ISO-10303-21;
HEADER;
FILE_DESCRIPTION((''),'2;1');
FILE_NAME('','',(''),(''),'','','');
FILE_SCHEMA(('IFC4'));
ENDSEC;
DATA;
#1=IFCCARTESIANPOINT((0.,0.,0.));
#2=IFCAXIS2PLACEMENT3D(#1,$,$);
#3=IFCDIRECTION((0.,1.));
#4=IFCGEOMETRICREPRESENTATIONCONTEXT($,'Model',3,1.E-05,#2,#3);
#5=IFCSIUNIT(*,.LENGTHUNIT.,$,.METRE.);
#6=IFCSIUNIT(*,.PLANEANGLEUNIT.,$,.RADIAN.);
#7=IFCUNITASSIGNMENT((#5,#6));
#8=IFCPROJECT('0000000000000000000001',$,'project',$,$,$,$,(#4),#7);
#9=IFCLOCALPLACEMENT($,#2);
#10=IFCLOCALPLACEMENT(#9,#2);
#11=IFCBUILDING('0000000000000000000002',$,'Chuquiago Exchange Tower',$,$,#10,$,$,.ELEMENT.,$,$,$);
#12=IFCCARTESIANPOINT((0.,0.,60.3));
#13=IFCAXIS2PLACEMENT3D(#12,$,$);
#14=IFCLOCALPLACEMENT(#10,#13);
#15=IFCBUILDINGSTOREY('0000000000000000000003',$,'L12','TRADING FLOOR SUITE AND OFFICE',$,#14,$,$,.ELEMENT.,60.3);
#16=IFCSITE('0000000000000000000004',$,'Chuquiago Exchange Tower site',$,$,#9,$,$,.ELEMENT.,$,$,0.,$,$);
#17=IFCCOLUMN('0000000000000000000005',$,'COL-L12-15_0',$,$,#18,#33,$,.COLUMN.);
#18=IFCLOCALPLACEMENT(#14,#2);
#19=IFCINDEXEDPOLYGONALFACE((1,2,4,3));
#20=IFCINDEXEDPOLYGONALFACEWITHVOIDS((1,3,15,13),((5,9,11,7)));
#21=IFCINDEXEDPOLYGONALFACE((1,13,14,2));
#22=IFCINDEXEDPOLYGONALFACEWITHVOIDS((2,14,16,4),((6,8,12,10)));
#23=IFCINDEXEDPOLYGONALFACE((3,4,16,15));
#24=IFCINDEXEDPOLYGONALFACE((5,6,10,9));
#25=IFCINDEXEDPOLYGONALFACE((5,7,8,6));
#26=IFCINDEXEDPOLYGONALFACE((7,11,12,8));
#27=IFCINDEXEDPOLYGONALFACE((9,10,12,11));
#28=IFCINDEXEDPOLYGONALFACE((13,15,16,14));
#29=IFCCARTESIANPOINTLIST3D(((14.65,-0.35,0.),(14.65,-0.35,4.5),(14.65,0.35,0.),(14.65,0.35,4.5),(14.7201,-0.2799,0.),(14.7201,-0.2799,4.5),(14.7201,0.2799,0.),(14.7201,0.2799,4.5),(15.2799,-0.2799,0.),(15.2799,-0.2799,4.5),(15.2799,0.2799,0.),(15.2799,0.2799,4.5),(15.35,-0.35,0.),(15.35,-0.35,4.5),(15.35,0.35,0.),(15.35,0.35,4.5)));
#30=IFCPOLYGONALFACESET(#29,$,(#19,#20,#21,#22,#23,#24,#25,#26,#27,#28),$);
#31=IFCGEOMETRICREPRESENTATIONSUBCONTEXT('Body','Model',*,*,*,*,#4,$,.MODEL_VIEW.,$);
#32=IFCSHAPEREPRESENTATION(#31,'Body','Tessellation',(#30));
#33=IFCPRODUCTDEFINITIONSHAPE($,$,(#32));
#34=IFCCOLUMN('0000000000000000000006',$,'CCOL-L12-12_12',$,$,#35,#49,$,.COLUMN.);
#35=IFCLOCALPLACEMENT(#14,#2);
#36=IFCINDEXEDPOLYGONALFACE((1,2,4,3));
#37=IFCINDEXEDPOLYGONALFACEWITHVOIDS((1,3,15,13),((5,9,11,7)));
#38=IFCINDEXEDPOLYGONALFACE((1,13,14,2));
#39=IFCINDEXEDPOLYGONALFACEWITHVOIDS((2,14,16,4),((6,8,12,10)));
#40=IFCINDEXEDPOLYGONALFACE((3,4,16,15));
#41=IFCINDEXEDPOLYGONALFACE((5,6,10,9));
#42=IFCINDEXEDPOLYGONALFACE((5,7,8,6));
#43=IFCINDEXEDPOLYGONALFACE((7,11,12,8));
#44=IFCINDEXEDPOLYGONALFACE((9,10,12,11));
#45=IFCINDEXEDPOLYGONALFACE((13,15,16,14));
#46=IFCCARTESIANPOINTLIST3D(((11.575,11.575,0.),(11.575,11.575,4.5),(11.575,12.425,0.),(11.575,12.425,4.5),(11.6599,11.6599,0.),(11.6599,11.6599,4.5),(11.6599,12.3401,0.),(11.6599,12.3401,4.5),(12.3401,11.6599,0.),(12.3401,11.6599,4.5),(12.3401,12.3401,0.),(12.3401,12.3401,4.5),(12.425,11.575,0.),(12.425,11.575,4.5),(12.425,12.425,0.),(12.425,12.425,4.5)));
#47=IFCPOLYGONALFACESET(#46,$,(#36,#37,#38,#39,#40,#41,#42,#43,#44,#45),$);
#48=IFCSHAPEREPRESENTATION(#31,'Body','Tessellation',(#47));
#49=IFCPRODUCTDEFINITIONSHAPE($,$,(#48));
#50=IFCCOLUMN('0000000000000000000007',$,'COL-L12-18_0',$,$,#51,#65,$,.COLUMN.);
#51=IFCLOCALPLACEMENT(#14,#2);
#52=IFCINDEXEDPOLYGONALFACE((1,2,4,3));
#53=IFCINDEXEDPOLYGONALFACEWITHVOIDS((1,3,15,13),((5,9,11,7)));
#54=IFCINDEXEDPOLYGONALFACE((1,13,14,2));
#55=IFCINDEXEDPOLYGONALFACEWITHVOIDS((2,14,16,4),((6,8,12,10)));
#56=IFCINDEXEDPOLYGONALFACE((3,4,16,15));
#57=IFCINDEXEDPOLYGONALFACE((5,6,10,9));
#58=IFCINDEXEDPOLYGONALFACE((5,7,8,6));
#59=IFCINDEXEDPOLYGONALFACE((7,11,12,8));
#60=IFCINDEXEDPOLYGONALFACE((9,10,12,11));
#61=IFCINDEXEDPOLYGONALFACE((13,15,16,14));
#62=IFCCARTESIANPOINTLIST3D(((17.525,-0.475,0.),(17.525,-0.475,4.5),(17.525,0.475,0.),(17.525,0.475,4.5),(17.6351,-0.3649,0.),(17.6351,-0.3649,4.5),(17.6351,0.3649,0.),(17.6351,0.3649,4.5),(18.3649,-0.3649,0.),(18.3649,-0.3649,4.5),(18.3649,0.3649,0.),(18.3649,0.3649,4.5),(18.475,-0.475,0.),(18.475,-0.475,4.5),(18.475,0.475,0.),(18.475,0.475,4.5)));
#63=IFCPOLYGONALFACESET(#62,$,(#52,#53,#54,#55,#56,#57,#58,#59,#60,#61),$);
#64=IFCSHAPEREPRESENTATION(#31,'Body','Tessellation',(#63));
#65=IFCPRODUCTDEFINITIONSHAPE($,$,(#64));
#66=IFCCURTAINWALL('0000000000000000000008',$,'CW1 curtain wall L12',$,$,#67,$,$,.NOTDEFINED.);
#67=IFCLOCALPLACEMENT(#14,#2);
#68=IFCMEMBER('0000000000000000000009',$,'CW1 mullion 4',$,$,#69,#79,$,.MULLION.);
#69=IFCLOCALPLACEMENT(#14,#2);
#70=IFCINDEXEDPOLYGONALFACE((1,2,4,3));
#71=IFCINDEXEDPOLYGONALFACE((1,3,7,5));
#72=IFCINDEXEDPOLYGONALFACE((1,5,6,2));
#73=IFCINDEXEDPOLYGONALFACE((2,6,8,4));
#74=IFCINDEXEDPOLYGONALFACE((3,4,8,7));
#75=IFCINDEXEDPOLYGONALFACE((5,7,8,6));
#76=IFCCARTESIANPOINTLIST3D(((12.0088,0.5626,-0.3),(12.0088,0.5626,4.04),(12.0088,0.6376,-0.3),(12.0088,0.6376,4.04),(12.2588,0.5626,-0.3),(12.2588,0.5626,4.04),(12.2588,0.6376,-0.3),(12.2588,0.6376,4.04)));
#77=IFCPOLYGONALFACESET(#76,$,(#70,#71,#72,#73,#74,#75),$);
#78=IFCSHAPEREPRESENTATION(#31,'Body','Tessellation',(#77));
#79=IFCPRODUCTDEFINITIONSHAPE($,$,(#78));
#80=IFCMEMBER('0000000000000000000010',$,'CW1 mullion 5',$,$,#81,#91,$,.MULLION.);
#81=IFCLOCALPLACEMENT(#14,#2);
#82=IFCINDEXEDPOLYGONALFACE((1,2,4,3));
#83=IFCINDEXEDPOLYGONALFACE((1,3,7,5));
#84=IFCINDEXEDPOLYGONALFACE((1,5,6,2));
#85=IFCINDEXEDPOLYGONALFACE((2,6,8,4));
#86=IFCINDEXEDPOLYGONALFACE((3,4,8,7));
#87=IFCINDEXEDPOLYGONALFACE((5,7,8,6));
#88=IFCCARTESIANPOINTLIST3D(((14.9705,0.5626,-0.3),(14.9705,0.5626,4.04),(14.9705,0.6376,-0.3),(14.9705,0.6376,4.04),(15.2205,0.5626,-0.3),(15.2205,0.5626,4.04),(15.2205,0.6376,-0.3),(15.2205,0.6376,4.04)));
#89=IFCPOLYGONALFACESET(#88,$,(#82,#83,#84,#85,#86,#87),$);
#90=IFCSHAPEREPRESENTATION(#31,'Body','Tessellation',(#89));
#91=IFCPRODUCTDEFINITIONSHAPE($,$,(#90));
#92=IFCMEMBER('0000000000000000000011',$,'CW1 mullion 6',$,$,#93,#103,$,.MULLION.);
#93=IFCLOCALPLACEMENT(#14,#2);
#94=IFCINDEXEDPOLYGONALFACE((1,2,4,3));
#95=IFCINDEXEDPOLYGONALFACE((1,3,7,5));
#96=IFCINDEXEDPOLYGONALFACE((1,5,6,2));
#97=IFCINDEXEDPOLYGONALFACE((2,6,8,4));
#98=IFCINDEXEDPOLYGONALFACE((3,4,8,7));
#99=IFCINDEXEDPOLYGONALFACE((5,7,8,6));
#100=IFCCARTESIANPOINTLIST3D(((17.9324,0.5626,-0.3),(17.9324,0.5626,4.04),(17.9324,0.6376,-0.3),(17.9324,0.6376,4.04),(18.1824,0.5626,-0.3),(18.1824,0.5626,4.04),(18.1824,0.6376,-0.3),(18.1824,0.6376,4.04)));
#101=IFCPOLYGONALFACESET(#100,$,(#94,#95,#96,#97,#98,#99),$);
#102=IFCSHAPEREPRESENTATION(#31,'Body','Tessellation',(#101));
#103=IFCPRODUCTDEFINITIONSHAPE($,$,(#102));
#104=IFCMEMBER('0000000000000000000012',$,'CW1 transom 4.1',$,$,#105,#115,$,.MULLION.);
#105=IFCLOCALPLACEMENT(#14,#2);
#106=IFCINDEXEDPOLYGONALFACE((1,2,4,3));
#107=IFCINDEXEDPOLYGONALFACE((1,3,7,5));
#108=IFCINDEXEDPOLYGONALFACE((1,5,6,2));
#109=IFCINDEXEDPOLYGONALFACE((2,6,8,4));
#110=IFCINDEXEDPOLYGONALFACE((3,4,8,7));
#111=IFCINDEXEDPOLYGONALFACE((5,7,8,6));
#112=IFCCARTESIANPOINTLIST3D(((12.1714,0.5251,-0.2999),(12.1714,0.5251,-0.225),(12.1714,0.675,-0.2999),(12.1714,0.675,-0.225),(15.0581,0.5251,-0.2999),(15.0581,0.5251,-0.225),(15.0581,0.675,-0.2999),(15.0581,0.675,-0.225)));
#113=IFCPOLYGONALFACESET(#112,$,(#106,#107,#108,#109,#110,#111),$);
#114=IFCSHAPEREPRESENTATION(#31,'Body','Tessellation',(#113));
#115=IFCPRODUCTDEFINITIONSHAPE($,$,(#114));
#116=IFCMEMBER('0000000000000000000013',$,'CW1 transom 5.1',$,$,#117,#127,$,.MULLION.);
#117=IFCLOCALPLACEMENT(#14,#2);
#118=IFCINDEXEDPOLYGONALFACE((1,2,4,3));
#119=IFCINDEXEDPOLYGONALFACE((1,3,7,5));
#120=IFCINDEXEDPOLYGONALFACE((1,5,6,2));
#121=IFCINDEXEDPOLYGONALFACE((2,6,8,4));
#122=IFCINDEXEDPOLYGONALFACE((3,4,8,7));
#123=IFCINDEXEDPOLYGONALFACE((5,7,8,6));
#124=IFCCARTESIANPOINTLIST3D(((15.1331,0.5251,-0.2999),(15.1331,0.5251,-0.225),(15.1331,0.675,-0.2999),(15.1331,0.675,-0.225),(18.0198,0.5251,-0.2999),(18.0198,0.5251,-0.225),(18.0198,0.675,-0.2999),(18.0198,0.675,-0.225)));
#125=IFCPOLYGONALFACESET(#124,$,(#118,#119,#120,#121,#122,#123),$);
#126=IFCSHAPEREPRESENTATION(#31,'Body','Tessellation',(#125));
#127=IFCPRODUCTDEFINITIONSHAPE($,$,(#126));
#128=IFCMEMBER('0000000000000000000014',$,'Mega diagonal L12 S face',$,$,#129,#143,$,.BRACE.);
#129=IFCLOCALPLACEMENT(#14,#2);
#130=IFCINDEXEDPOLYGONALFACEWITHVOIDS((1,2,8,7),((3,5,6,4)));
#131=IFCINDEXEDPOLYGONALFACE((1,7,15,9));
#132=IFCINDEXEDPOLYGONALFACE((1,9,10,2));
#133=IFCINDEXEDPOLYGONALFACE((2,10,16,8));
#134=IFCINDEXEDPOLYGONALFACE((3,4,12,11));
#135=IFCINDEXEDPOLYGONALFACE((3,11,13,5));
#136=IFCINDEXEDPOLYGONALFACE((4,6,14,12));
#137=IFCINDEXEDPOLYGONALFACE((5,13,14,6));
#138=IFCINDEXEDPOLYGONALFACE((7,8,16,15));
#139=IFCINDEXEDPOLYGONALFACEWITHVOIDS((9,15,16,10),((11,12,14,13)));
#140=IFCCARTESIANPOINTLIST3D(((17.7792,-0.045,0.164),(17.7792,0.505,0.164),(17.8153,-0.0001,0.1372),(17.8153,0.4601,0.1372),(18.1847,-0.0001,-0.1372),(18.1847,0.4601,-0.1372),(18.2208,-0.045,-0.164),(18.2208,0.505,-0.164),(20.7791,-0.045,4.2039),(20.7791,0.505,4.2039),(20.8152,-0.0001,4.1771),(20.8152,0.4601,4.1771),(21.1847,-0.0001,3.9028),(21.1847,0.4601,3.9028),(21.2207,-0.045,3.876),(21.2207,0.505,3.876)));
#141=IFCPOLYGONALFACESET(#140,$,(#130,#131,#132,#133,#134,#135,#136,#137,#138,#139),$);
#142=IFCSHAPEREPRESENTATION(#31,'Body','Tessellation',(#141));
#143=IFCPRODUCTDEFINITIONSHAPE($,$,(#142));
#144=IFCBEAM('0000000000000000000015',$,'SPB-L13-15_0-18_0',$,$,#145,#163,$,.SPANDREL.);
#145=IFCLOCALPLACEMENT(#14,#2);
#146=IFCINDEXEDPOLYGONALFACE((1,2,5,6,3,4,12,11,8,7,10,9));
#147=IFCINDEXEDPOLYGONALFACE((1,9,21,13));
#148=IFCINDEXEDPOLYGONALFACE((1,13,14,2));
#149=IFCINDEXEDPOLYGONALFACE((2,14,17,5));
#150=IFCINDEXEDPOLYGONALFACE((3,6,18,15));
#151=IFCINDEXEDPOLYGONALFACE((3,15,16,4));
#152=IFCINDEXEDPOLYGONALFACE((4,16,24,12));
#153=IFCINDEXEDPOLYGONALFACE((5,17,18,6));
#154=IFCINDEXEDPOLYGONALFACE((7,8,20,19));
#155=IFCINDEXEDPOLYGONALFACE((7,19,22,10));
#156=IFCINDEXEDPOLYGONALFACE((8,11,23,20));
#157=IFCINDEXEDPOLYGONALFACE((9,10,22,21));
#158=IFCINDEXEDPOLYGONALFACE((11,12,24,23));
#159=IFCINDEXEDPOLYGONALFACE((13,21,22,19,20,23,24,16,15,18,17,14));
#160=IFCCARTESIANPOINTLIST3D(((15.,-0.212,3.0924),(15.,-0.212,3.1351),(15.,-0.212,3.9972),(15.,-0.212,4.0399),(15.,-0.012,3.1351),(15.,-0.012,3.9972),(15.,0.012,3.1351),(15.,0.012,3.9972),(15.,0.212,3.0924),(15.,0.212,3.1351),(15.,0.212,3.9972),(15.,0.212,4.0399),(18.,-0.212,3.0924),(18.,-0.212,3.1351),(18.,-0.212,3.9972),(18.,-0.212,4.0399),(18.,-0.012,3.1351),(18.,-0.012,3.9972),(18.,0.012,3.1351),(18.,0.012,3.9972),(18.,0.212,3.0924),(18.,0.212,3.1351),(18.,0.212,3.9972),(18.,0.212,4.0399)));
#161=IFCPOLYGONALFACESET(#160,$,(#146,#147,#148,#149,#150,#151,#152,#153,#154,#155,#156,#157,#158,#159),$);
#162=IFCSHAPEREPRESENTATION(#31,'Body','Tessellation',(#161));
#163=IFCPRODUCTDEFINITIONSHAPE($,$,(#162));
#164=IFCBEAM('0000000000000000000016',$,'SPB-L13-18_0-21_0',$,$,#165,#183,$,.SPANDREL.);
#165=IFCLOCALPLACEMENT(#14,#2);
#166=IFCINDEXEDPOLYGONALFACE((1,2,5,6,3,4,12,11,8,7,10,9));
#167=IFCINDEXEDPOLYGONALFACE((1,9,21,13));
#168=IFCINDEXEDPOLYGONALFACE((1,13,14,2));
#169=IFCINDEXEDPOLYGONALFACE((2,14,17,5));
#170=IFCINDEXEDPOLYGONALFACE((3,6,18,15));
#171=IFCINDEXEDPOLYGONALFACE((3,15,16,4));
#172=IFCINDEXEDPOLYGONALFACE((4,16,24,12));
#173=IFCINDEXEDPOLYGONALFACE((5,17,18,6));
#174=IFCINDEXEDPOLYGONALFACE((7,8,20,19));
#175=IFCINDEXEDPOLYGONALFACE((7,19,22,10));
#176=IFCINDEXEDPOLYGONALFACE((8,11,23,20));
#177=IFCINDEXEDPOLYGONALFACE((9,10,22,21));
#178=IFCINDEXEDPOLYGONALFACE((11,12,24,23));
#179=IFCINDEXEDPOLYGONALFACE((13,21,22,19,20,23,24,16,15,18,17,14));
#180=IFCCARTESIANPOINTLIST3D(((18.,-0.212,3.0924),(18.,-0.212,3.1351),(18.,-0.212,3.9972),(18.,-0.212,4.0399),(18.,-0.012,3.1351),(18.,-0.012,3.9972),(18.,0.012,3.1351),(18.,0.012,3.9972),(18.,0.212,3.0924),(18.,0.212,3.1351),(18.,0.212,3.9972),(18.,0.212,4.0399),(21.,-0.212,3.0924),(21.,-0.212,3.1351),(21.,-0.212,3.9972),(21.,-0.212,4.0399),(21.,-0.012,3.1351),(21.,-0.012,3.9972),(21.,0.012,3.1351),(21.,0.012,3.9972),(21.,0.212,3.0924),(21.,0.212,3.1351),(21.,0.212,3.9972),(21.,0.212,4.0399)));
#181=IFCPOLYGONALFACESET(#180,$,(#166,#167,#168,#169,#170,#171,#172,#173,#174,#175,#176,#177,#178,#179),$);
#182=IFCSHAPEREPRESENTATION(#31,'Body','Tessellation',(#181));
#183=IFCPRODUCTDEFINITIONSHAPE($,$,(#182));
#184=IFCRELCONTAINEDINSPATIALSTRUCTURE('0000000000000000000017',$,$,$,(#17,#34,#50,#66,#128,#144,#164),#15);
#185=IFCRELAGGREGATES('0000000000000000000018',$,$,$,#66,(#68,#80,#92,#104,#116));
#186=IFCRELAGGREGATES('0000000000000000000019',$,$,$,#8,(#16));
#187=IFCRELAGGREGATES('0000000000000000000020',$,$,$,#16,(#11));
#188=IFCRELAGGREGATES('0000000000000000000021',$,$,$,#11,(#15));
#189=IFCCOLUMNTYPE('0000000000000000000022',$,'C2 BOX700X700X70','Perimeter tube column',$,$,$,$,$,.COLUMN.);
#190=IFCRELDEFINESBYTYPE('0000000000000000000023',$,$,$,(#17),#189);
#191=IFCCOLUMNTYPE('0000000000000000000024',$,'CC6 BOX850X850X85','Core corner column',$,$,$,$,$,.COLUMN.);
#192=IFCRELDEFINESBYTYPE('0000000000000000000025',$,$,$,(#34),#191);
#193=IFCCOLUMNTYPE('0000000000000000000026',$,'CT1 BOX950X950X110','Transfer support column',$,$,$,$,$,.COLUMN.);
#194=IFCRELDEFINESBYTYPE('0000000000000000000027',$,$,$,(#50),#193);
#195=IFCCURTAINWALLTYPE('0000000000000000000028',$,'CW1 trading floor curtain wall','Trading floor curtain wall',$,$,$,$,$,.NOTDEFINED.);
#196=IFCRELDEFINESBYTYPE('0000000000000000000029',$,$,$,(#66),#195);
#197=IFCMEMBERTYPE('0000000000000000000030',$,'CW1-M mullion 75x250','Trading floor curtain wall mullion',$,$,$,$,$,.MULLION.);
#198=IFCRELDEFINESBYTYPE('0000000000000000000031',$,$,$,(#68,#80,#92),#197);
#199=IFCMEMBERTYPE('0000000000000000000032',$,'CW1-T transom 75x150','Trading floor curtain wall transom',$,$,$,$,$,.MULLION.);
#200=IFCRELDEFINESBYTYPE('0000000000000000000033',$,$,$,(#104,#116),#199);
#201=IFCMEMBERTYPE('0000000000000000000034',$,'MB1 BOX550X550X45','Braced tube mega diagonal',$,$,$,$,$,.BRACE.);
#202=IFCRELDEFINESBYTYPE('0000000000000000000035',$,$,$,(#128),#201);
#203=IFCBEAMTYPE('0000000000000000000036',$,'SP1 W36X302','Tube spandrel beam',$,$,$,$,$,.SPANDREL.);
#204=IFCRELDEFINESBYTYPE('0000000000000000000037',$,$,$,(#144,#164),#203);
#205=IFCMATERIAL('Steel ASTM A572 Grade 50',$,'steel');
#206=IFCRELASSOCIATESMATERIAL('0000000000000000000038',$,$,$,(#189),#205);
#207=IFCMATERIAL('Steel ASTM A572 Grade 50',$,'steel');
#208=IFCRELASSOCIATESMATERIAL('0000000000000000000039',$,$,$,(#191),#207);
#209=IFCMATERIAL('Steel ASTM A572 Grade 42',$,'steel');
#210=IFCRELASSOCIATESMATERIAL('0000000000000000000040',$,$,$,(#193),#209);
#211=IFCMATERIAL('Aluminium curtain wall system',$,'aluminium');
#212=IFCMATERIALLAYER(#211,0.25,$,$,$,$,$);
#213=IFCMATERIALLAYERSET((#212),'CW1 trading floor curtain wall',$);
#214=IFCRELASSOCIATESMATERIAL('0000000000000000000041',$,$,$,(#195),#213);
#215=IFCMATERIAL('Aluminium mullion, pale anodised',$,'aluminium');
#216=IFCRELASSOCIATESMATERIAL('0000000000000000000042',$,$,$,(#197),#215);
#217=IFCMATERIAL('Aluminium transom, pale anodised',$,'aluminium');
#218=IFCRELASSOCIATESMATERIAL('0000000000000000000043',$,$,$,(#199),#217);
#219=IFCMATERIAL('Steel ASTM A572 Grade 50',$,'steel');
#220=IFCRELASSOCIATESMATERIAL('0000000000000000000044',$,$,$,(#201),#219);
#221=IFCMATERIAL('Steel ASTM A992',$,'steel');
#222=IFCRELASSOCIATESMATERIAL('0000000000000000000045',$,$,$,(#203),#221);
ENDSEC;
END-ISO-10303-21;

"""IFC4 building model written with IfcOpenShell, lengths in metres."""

from ifc_helpers import new_model, si_unit, direction, frame, origin, origin_2d, place, context, subcontext, project, spatial, rectangle, hollow_rectangle, i_section, extrude, material, layer, layer_set, material_profile, profile_set, type_object, element, aggregate, save


model = new_model("IFC4")

# Units and contexts
model_context = context("Model", 3, precision=1e-05, world=origin(), true_north=direction((0.0, 1.0)))
body_context = subcontext(model_context, "Body", "Model", "MODEL_VIEW")
ifc_project = project(units=[si_unit("LENGTHUNIT", "METRE"), si_unit("PLANEANGLEUNIT", "RADIAN")], contexts=[model_context])

# Site, building, storey
site_placement = place(None, origin())
site = spatial("IfcSite", under=ifc_project, at=site_placement, Name="Chuquiago Exchange Tower site", CompositionType="ELEMENT", RefElevation=0.0)
building_placement = place(site_placement, origin())
building = spatial("IfcBuilding", under=site, at=building_placement, Name="Chuquiago Exchange Tower", CompositionType="ELEMENT")
storey_placement = place(building_placement, frame((0.0, 0.0, 60.3)))
storey = spatial("IfcBuildingStorey", under=building, at=storey_placement, Name="L12", Description="TRADING FLOOR SUITE AND OFFICE", CompositionType="ELEMENT", Elevation=60.3)

# Columns
ifc_material_1 = material(Name="Steel ASTM A572 Grade 50", Category="steel")
ifc_material_profile_1 = material_profile(ifc_material_1, hollow_rectangle(XDim=0.7, YDim=0.7, WallThickness=0.0701, at=origin_2d()), Name="BOX700X700X70")
ifc_profile_set_1 = profile_set([ifc_material_profile_1], Name="Steel ASTM A572 Grade 50")
column_type_1 = type_object("IfcColumnType", Name="C2 BOX700X700X70", Description="Perimeter tube column", PredefinedType="COLUMN", material=ifc_profile_set_1)
column_1_placement = place(storey_placement, frame((15.0, 0.0, 0.0), z_axis=(0.0, 0.0, 1.0), x_axis=(0.0, -1.0, 0.0)))
element("IfcColumn", 1, at=column_1_placement, inside=storey, type_object=column_type_1, Name="COL-L12-15_0", PredefinedType="COLUMN", context=body_context, shape_type="SweptSolid", body=[
    extrude(hollow_rectangle(XDim=0.7, YDim=0.7, WallThickness=0.0701, at=origin_2d()), origin(), (0.0, 0.0, 1.0), 4.5),
])
ifc_material_2 = material(Name="Steel ASTM A572 Grade 50", Category="steel")
ifc_material_profile_2 = material_profile(ifc_material_2, hollow_rectangle(XDim=0.8501, YDim=0.8501, WallThickness=0.085, at=origin_2d()), Name="BOX850X850X85")
ifc_profile_set_2 = profile_set([ifc_material_profile_2], Name="Steel ASTM A572 Grade 50")
column_type_2 = type_object("IfcColumnType", Name="CC6 BOX850X850X85", Description="Core corner column", PredefinedType="COLUMN", material=ifc_profile_set_2)
column_2_placement = place(storey_placement, frame((12.0, 12.0, 0.0), z_axis=(0.0, 0.0, 1.0), x_axis=(1.0, 0.0, 0.0)))
element("IfcColumn", 2, at=column_2_placement, inside=storey, type_object=column_type_2, Name="CCOL-L12-12_12", PredefinedType="COLUMN", context=body_context, shape_type="SweptSolid", body=[
    extrude(hollow_rectangle(XDim=0.8501, YDim=0.8501, WallThickness=0.085, at=origin_2d()), origin(), (0.0, 0.0, 1.0), 4.5),
])
ifc_material_3 = material(Name="Steel ASTM A572 Grade 42", Category="steel")
ifc_material_profile_3 = material_profile(ifc_material_3, hollow_rectangle(XDim=0.95, YDim=0.95, WallThickness=0.1101, at=origin_2d()), Name="BOX950X950X110")
ifc_profile_set_3 = profile_set([ifc_material_profile_3], Name="Steel ASTM A572 Grade 42")
column_type_3 = type_object("IfcColumnType", Name="CT1 BOX950X950X110", Description="Transfer support column", PredefinedType="COLUMN", material=ifc_profile_set_3)
column_3_placement = place(storey_placement, frame((18.0, 0.0, 0.0), z_axis=(0.0, 0.0, 1.0), x_axis=(0.0, -1.0, 0.0)))
element("IfcColumn", 3, at=column_3_placement, inside=storey, type_object=column_type_3, Name="COL-L12-18_0", PredefinedType="COLUMN", context=body_context, shape_type="SweptSolid", body=[
    extrude(hollow_rectangle(XDim=0.95, YDim=0.95, WallThickness=0.1101, at=origin_2d()), origin(), (0.0, 0.0, 1.0), 4.5),
])

# Curtain wall, members
ifc_material_4 = material(Name="Aluminium curtain wall system", Category="aluminium")
ifc_layer_1 = layer(ifc_material_4, 0.25)
ifc_layer_set_1 = layer_set([ifc_layer_1], Name="CW1 trading floor curtain wall")
curtain_wall_type = type_object("IfcCurtainWallType", Name="CW1 trading floor curtain wall", Description="Trading floor curtain wall", PredefinedType="NOTDEFINED", material=ifc_layer_set_1)
curtain_wall_placement = place(storey_placement, origin())
curtain_wall = element("IfcCurtainWall", 4, at=curtain_wall_placement, inside=storey, type_object=curtain_wall_type, Name="CW1 curtain wall L12", PredefinedType="NOTDEFINED")
ifc_material_5 = material(Name="Aluminium mullion, pale anodised", Category="aluminium")
ifc_material_profile_4 = material_profile(ifc_material_5, rectangle(XDim=0.075, YDim=0.25, at=origin_2d()), Name="AL 75x250")
ifc_profile_set_4 = profile_set([ifc_material_profile_4], Name="Aluminium mullion, pale anodised")
member_type_1 = type_object("IfcMemberType", Name="CW1-M mullion 75x250", Description="Trading floor curtain wall mullion", PredefinedType="MULLION", material=ifc_profile_set_4)
member_1_placement = place(storey_placement, frame((12.1338, 0.6001, -0.3), z_axis=(0.0, 0.0, 1.0), x_axis=(0.0, 1.0, 0.0)))
member_1 = element("IfcMember", 5, at=member_1_placement, type_object=member_type_1, Name="CW1 mullion 4", PredefinedType="MULLION", context=body_context, shape_type="SweptSolid", body=[
    extrude(rectangle(XDim=0.075, YDim=0.25, at=origin_2d()), origin(), (0.0, 0.0, 1.0), 4.3401),
])
member_2_placement = place(storey_placement, frame((15.0955, 0.6001, -0.3), z_axis=(0.0, 0.0, 1.0), x_axis=(0.0, 1.0, 0.0)))
member_2 = element("IfcMember", 6, at=member_2_placement, type_object=member_type_1, Name="CW1 mullion 5", PredefinedType="MULLION", context=body_context, shape_type="SweptSolid", body=[
    extrude(rectangle(XDim=0.075, YDim=0.25, at=origin_2d()), origin(), (0.0, 0.0, 1.0), 4.3401),
])
member_3_placement = place(storey_placement, frame((18.0574, 0.6001, -0.3), z_axis=(0.0, 0.0, 1.0), x_axis=(0.0, 1.0, 0.0)))
member_3 = element("IfcMember", 7, at=member_3_placement, type_object=member_type_1, Name="CW1 mullion 6", PredefinedType="MULLION", context=body_context, shape_type="SweptSolid", body=[
    extrude(rectangle(XDim=0.075, YDim=0.25, at=origin_2d()), origin(), (0.0, 0.0, 1.0), 4.3401),
])
ifc_material_6 = material(Name="Aluminium transom, pale anodised", Category="aluminium")
ifc_material_profile_5 = material_profile(ifc_material_6, rectangle(XDim=0.1499, YDim=0.075, at=origin_2d()), Name="AL 150x75")
ifc_profile_set_5 = profile_set([ifc_material_profile_5], Name="Aluminium transom, pale anodised")
member_type_2 = type_object("IfcMemberType", Name="CW1-T transom 75x150", Description="Trading floor curtain wall transom", PredefinedType="MULLION", material=ifc_profile_set_5)
member_4_placement = place(storey_placement, frame((12.1714, 0.6001, -0.2625), z_axis=(1.0, 0.0, 0.0), x_axis=(0.0, 1.0, 0.0)))
member_4 = element("IfcMember", 8, at=member_4_placement, type_object=member_type_2, Name="CW1 transom 4.1", PredefinedType="MULLION", context=body_context, shape_type="SweptSolid", body=[
    extrude(rectangle(XDim=0.1499, YDim=0.075, at=origin_2d()), origin(), (0.0, 0.0, 1.0), 2.8867),
])
member_5_placement = place(storey_placement, frame((15.1331, 0.6001, -0.2625), z_axis=(1.0, 0.0, 0.0), x_axis=(0.0, 1.0, 0.0)))
member_5 = element("IfcMember", 9, at=member_5_placement, type_object=member_type_2, Name="CW1 transom 5.1", PredefinedType="MULLION", context=body_context, shape_type="SweptSolid", body=[
    extrude(rectangle(XDim=0.1499, YDim=0.075, at=origin_2d()), origin(), (0.0, 0.0, 1.0), 2.8867),
])

# Member
ifc_material_7 = material(Name="Steel ASTM A572 Grade 50", Category="steel")
ifc_material_profile_6 = material_profile(ifc_material_7, hollow_rectangle(XDim=0.55, YDim=0.55, WallThickness=0.0449, at=origin_2d()), Name="BOX550X550X45")
ifc_profile_set_6 = profile_set([ifc_material_profile_6], Name="Steel ASTM A572 Grade 50")
member_type_3 = type_object("IfcMemberType", Name="MB1 BOX550X550X45", Description="Braced tube mega diagonal", PredefinedType="BRACE", material=ifc_profile_set_6)
member_6_placement = place(storey_placement, frame((18.0, 0.23, 0.0), z_axis=(0.596174, 0.0, 0.802855), x_axis=(0.0, 1.0, 0.0)))
element("IfcMember", 10, at=member_6_placement, inside=storey, type_object=member_type_3, Name="Mega diagonal L12 S face", PredefinedType="BRACE", context=body_context, shape_type="SweptSolid", body=[
    extrude(hollow_rectangle(XDim=0.55, YDim=0.55, WallThickness=0.0449, at=origin_2d()), origin(), (0.0, 0.0, 1.0), 5.032),
])

# Beams
ifc_material_8 = material(Name="Steel ASTM A992", Category="steel")
ifc_material_profile_7 = material_profile(ifc_material_8, i_section(OverallWidth=0.4241, OverallDepth=0.9475, WebThickness=0.0239, FlangeThickness=0.0427, at=origin_2d()), Name="W36X302")
ifc_profile_set_7 = profile_set([ifc_material_profile_7], Name="Steel ASTM A992")
beam_type = type_object("IfcBeamType", Name="SP1 W36X302", Description="Tube spandrel beam", PredefinedType="SPANDREL", material=ifc_profile_set_7)
for number, where, z_axis, x_axis, name in (
    (11, (15.0, 0.0, 3.5662), (1.0, 0.0, 0.0), (0.0, 1.0, 0.0), "SPB-L13-15_0-18_0"),
    (12, (18.0, 0.0, 3.5662), (1.0, 0.0, 0.0), (0.0, 1.0, 0.0), "SPB-L13-18_0-21_0"),
):
    element("IfcBeam", number, at=place(storey_placement, frame(where, z_axis=z_axis, x_axis=x_axis)), inside=storey, type_object=beam_type, Name=name, PredefinedType="SPANDREL", context=body_context, shape_type="SweptSolid", body=[
        extrude(i_section(OverallWidth=0.4241, OverallDepth=0.9475, WebThickness=0.0239, FlangeThickness=0.0427, at=origin_2d()), origin(), (0.0, 0.0, 1.0), 3.0),
    ])

aggregate(curtain_wall, [member_1, member_2, member_3, member_4, member_5])

save(model, "model.ifc")
